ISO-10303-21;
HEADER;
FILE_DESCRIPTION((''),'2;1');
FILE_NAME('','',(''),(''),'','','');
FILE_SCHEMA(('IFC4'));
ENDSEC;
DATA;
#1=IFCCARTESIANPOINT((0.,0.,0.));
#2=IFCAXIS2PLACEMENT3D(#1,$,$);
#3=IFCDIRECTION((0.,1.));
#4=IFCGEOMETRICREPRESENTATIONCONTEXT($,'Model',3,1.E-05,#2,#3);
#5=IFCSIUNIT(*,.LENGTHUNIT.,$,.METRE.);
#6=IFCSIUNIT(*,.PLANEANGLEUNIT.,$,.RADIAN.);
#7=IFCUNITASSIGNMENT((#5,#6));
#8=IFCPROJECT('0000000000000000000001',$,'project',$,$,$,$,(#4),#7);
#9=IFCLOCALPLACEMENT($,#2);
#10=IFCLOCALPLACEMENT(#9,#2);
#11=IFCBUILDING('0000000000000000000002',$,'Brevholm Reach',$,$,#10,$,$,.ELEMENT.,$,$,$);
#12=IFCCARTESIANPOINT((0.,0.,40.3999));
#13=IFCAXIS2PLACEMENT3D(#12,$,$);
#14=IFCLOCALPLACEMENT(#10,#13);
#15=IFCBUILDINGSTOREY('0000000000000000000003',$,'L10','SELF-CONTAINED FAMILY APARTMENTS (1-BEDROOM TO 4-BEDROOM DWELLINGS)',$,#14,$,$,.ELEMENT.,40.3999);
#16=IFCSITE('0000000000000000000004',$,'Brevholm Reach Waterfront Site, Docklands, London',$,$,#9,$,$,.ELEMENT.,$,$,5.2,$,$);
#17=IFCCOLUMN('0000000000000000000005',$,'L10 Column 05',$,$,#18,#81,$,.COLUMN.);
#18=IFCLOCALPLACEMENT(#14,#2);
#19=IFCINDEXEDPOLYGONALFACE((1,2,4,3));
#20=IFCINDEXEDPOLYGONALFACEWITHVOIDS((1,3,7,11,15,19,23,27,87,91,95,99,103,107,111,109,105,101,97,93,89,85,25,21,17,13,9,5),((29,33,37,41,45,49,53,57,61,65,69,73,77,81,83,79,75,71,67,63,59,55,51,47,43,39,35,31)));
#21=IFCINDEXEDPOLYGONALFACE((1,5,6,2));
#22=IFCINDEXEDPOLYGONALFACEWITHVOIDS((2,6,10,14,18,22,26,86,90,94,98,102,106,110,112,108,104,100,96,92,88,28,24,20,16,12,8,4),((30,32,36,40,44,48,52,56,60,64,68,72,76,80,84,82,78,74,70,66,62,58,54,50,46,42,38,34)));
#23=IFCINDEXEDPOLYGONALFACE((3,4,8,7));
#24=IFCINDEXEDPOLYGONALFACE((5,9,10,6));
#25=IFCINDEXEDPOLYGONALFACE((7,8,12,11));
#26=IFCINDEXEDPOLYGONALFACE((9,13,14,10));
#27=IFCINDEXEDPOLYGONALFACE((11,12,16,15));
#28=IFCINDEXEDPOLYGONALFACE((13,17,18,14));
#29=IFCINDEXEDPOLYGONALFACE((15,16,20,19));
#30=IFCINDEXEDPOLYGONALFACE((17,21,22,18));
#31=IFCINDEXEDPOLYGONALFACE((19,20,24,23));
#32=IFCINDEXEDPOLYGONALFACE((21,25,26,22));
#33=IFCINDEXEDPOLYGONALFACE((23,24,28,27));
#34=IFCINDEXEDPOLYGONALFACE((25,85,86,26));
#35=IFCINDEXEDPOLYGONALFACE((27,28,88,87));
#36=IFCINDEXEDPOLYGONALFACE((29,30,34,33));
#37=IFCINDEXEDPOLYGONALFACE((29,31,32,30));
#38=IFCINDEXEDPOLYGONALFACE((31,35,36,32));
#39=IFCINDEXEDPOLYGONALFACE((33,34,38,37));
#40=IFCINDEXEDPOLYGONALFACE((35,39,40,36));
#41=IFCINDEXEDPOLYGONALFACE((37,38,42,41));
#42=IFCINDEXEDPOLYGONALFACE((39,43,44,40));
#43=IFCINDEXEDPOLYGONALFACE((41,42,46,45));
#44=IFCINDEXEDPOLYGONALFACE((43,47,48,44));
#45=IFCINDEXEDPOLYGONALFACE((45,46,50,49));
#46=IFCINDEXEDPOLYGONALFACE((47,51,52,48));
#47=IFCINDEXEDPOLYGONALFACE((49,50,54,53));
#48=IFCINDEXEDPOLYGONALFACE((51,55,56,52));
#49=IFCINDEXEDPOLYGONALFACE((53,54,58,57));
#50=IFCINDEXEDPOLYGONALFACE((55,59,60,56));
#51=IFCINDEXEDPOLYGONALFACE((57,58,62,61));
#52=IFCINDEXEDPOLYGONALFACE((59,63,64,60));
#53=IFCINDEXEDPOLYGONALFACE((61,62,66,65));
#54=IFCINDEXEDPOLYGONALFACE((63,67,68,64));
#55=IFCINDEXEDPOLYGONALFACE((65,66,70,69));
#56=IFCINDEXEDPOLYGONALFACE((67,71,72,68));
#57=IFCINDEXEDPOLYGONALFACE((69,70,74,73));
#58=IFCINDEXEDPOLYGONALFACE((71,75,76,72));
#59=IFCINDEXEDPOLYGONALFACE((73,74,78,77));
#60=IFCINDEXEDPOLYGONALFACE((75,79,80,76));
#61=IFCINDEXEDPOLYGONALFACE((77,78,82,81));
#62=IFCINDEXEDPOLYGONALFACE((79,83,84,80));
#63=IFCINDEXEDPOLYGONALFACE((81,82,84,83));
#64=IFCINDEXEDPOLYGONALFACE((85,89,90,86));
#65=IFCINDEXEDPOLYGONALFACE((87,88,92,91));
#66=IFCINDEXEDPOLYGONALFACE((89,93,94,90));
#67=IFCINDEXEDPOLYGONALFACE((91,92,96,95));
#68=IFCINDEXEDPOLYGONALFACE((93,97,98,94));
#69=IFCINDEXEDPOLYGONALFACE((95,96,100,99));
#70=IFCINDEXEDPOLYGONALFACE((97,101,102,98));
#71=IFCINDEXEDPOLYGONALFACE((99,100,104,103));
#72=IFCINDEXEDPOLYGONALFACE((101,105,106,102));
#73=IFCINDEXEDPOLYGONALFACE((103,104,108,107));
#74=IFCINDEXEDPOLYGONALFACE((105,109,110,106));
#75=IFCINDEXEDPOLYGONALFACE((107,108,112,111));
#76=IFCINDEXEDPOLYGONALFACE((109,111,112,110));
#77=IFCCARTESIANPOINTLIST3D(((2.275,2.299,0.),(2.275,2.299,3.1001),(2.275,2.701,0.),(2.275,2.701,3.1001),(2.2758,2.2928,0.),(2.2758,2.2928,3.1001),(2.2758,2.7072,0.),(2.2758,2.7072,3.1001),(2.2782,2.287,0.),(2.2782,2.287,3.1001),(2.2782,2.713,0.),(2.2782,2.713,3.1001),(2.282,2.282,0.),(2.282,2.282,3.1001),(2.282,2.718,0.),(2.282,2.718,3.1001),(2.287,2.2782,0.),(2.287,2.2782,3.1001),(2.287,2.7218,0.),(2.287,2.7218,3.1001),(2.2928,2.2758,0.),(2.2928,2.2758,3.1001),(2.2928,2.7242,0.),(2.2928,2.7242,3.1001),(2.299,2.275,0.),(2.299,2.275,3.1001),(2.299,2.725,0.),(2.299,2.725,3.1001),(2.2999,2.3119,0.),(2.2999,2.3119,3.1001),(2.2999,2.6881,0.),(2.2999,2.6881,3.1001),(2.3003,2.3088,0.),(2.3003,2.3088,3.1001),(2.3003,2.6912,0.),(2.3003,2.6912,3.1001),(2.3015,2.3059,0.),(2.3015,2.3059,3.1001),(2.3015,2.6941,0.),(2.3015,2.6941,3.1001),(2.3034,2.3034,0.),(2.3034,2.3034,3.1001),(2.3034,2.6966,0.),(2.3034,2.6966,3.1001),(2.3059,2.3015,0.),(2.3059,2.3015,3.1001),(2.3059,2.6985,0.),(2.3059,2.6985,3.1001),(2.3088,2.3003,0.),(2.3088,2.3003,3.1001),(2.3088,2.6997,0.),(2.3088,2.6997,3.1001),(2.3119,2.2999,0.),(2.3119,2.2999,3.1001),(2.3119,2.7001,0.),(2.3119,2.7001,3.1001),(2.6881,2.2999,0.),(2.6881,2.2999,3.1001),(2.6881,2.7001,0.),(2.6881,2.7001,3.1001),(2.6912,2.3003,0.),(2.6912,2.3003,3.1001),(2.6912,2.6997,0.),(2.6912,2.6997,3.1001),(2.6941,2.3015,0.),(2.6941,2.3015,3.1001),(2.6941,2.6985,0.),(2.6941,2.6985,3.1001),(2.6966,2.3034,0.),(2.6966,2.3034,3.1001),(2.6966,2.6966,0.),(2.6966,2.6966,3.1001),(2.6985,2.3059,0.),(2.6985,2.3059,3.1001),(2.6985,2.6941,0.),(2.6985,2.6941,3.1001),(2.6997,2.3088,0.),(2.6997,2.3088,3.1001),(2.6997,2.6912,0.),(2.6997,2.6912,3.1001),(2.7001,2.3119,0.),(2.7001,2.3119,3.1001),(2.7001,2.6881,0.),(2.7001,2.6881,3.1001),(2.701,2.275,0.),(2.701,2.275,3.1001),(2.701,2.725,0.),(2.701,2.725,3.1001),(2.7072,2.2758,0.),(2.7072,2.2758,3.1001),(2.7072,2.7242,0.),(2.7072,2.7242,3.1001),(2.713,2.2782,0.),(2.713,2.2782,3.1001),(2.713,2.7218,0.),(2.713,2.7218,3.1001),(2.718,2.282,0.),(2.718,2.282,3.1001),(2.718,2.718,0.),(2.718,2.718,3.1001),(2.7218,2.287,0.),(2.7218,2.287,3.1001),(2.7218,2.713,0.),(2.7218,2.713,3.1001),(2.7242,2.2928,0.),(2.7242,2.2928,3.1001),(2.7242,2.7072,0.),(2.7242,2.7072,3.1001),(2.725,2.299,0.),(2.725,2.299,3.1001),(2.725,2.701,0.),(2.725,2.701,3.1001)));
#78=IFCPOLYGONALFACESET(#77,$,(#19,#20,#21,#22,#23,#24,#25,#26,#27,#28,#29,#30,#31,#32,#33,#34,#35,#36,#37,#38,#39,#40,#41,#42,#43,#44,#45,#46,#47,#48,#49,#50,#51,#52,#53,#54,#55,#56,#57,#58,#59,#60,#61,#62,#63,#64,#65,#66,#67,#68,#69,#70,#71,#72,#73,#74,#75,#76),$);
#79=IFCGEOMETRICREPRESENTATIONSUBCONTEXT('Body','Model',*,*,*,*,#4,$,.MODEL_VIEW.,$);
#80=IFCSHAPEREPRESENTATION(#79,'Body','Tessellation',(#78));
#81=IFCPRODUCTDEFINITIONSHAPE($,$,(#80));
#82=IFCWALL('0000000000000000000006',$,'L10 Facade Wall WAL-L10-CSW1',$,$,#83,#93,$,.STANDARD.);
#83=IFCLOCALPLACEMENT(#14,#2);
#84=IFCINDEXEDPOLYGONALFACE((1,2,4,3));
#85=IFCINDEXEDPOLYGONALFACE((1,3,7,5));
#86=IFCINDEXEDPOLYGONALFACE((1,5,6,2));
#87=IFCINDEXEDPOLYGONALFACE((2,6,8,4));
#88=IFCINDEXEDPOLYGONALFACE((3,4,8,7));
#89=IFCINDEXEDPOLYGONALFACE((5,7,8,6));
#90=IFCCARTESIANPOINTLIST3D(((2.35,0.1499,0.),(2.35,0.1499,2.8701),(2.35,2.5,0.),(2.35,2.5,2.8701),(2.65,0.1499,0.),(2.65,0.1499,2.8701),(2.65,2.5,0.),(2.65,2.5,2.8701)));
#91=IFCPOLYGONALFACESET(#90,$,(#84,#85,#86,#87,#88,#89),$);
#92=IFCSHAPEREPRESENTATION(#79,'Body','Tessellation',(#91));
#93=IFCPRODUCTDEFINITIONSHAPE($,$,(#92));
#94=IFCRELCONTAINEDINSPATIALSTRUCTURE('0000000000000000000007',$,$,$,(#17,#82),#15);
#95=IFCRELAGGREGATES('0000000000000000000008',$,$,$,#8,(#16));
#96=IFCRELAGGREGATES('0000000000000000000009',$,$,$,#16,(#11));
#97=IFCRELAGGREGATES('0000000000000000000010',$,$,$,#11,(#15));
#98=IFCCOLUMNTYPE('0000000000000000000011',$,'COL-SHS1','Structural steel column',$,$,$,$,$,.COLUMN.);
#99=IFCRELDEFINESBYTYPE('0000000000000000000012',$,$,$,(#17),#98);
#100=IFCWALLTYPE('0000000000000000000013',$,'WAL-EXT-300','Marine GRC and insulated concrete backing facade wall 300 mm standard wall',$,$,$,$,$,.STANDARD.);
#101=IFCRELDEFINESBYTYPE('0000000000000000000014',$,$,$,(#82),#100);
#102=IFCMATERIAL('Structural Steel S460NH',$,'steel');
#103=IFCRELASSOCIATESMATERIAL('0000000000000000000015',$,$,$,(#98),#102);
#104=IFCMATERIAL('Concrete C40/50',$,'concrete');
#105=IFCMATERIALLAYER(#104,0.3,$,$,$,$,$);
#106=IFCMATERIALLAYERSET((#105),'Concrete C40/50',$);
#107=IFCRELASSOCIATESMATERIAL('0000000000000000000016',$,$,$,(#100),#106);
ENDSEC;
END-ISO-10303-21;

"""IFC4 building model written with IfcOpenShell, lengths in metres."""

from ifc_helpers import new_model, si_unit, direction, frame, frame_2d, origin, origin_2d, place, context, subcontext, project, spatial, rectangle, hollow_rectangle, extrude, material, layer, layer_set, material_profile, profile_set, type_object, element, save


model = new_model("IFC4")

# Units and contexts
model_context = context("Model", 3, precision=1e-05, world=origin(), true_north=direction((0.0, 1.0)))
body_context = subcontext(model_context, "Body", "Model", "MODEL_VIEW")
ifc_project = project(units=[si_unit("LENGTHUNIT", "METRE"), si_unit("PLANEANGLEUNIT", "RADIAN")], contexts=[model_context])

# Site, building, storey
site_placement = place(None, origin())
site = spatial("IfcSite", under=ifc_project, at=site_placement, Name="Brevholm Reach Waterfront Site, Docklands, London", CompositionType="ELEMENT", RefElevation=5.2)
building_placement = place(site_placement, origin())
building = spatial("IfcBuilding", under=site, at=building_placement, Name="Brevholm Reach", CompositionType="ELEMENT")
storey_placement = place(building_placement, frame((0.0, 0.0, 40.3999)))
storey = spatial("IfcBuildingStorey", under=building, at=storey_placement, Name="L10", Description="SELF-CONTAINED FAMILY APARTMENTS (1-BEDROOM TO 4-BEDROOM DWELLINGS)", CompositionType="ELEMENT", Elevation=40.3999)

# Column
ifc_material_1 = material(Name="Structural Steel S460NH", Category="steel")
ifc_material_profile = material_profile(ifc_material_1, hollow_rectangle(XDim=0.45, YDim=0.45, WallThickness=0.0249, InnerFilletRadius=0.012, OuterFilletRadius=0.0239, at=origin_2d()), Name="SHS 450x450x25")
ifc_profile_set = profile_set([ifc_material_profile], Name="Structural Steel S460NH")
column_type = type_object("IfcColumnType", Name="COL-SHS1", Description="Structural steel column", PredefinedType="COLUMN", material=ifc_profile_set)
column_placement = place(storey_placement, frame((2.5, 2.5, 0.0), z_axis=(0.0, 0.0, 1.0), x_axis=(1.0, 0.0, 0.0)))
element("IfcColumn", 1, at=column_placement, inside=storey, type_object=column_type, Name="L10 Column 05", PredefinedType="COLUMN", context=body_context, shape_type="SweptSolid", body=[
    extrude(hollow_rectangle(XDim=0.45, YDim=0.45, WallThickness=0.0249, InnerFilletRadius=0.012, OuterFilletRadius=0.0239, at=origin_2d()), origin(), (0.0, 0.0, 1.0), 3.1001),
])

# Wall
ifc_material_2 = material(Name="Concrete C40/50", Category="concrete")
ifc_layer_1 = layer(ifc_material_2, 0.3)
ifc_layer_set_1 = layer_set([ifc_layer_1], Name="Concrete C40/50")
wall_type_1 = type_object("IfcWallType", Name="WAL-EXT-300", Description="Marine GRC and insulated concrete backing facade wall 300 mm standard wall", PredefinedType="STANDARD", material=ifc_layer_set_1)
wall_1_placement = place(storey_placement, frame((2.5, 2.5, 0.0), z_axis=(0.0, 0.0, 1.0), x_axis=(0.0, -1.0, 0.0)))
element("IfcWall", 2, at=wall_1_placement, inside=storey, type_object=wall_type_1, Name="L10 Facade Wall WAL-L10-CSW1", PredefinedType="STANDARD", context=body_context, shape_type="SweptSolid", body=[
    extrude(rectangle(XDim=2.3501, YDim=0.3, at=frame_2d((1.175, 0.0))), origin(), (0.0, 0.0, 1.0), 2.8701),
])

save(model, "model.ifc")
